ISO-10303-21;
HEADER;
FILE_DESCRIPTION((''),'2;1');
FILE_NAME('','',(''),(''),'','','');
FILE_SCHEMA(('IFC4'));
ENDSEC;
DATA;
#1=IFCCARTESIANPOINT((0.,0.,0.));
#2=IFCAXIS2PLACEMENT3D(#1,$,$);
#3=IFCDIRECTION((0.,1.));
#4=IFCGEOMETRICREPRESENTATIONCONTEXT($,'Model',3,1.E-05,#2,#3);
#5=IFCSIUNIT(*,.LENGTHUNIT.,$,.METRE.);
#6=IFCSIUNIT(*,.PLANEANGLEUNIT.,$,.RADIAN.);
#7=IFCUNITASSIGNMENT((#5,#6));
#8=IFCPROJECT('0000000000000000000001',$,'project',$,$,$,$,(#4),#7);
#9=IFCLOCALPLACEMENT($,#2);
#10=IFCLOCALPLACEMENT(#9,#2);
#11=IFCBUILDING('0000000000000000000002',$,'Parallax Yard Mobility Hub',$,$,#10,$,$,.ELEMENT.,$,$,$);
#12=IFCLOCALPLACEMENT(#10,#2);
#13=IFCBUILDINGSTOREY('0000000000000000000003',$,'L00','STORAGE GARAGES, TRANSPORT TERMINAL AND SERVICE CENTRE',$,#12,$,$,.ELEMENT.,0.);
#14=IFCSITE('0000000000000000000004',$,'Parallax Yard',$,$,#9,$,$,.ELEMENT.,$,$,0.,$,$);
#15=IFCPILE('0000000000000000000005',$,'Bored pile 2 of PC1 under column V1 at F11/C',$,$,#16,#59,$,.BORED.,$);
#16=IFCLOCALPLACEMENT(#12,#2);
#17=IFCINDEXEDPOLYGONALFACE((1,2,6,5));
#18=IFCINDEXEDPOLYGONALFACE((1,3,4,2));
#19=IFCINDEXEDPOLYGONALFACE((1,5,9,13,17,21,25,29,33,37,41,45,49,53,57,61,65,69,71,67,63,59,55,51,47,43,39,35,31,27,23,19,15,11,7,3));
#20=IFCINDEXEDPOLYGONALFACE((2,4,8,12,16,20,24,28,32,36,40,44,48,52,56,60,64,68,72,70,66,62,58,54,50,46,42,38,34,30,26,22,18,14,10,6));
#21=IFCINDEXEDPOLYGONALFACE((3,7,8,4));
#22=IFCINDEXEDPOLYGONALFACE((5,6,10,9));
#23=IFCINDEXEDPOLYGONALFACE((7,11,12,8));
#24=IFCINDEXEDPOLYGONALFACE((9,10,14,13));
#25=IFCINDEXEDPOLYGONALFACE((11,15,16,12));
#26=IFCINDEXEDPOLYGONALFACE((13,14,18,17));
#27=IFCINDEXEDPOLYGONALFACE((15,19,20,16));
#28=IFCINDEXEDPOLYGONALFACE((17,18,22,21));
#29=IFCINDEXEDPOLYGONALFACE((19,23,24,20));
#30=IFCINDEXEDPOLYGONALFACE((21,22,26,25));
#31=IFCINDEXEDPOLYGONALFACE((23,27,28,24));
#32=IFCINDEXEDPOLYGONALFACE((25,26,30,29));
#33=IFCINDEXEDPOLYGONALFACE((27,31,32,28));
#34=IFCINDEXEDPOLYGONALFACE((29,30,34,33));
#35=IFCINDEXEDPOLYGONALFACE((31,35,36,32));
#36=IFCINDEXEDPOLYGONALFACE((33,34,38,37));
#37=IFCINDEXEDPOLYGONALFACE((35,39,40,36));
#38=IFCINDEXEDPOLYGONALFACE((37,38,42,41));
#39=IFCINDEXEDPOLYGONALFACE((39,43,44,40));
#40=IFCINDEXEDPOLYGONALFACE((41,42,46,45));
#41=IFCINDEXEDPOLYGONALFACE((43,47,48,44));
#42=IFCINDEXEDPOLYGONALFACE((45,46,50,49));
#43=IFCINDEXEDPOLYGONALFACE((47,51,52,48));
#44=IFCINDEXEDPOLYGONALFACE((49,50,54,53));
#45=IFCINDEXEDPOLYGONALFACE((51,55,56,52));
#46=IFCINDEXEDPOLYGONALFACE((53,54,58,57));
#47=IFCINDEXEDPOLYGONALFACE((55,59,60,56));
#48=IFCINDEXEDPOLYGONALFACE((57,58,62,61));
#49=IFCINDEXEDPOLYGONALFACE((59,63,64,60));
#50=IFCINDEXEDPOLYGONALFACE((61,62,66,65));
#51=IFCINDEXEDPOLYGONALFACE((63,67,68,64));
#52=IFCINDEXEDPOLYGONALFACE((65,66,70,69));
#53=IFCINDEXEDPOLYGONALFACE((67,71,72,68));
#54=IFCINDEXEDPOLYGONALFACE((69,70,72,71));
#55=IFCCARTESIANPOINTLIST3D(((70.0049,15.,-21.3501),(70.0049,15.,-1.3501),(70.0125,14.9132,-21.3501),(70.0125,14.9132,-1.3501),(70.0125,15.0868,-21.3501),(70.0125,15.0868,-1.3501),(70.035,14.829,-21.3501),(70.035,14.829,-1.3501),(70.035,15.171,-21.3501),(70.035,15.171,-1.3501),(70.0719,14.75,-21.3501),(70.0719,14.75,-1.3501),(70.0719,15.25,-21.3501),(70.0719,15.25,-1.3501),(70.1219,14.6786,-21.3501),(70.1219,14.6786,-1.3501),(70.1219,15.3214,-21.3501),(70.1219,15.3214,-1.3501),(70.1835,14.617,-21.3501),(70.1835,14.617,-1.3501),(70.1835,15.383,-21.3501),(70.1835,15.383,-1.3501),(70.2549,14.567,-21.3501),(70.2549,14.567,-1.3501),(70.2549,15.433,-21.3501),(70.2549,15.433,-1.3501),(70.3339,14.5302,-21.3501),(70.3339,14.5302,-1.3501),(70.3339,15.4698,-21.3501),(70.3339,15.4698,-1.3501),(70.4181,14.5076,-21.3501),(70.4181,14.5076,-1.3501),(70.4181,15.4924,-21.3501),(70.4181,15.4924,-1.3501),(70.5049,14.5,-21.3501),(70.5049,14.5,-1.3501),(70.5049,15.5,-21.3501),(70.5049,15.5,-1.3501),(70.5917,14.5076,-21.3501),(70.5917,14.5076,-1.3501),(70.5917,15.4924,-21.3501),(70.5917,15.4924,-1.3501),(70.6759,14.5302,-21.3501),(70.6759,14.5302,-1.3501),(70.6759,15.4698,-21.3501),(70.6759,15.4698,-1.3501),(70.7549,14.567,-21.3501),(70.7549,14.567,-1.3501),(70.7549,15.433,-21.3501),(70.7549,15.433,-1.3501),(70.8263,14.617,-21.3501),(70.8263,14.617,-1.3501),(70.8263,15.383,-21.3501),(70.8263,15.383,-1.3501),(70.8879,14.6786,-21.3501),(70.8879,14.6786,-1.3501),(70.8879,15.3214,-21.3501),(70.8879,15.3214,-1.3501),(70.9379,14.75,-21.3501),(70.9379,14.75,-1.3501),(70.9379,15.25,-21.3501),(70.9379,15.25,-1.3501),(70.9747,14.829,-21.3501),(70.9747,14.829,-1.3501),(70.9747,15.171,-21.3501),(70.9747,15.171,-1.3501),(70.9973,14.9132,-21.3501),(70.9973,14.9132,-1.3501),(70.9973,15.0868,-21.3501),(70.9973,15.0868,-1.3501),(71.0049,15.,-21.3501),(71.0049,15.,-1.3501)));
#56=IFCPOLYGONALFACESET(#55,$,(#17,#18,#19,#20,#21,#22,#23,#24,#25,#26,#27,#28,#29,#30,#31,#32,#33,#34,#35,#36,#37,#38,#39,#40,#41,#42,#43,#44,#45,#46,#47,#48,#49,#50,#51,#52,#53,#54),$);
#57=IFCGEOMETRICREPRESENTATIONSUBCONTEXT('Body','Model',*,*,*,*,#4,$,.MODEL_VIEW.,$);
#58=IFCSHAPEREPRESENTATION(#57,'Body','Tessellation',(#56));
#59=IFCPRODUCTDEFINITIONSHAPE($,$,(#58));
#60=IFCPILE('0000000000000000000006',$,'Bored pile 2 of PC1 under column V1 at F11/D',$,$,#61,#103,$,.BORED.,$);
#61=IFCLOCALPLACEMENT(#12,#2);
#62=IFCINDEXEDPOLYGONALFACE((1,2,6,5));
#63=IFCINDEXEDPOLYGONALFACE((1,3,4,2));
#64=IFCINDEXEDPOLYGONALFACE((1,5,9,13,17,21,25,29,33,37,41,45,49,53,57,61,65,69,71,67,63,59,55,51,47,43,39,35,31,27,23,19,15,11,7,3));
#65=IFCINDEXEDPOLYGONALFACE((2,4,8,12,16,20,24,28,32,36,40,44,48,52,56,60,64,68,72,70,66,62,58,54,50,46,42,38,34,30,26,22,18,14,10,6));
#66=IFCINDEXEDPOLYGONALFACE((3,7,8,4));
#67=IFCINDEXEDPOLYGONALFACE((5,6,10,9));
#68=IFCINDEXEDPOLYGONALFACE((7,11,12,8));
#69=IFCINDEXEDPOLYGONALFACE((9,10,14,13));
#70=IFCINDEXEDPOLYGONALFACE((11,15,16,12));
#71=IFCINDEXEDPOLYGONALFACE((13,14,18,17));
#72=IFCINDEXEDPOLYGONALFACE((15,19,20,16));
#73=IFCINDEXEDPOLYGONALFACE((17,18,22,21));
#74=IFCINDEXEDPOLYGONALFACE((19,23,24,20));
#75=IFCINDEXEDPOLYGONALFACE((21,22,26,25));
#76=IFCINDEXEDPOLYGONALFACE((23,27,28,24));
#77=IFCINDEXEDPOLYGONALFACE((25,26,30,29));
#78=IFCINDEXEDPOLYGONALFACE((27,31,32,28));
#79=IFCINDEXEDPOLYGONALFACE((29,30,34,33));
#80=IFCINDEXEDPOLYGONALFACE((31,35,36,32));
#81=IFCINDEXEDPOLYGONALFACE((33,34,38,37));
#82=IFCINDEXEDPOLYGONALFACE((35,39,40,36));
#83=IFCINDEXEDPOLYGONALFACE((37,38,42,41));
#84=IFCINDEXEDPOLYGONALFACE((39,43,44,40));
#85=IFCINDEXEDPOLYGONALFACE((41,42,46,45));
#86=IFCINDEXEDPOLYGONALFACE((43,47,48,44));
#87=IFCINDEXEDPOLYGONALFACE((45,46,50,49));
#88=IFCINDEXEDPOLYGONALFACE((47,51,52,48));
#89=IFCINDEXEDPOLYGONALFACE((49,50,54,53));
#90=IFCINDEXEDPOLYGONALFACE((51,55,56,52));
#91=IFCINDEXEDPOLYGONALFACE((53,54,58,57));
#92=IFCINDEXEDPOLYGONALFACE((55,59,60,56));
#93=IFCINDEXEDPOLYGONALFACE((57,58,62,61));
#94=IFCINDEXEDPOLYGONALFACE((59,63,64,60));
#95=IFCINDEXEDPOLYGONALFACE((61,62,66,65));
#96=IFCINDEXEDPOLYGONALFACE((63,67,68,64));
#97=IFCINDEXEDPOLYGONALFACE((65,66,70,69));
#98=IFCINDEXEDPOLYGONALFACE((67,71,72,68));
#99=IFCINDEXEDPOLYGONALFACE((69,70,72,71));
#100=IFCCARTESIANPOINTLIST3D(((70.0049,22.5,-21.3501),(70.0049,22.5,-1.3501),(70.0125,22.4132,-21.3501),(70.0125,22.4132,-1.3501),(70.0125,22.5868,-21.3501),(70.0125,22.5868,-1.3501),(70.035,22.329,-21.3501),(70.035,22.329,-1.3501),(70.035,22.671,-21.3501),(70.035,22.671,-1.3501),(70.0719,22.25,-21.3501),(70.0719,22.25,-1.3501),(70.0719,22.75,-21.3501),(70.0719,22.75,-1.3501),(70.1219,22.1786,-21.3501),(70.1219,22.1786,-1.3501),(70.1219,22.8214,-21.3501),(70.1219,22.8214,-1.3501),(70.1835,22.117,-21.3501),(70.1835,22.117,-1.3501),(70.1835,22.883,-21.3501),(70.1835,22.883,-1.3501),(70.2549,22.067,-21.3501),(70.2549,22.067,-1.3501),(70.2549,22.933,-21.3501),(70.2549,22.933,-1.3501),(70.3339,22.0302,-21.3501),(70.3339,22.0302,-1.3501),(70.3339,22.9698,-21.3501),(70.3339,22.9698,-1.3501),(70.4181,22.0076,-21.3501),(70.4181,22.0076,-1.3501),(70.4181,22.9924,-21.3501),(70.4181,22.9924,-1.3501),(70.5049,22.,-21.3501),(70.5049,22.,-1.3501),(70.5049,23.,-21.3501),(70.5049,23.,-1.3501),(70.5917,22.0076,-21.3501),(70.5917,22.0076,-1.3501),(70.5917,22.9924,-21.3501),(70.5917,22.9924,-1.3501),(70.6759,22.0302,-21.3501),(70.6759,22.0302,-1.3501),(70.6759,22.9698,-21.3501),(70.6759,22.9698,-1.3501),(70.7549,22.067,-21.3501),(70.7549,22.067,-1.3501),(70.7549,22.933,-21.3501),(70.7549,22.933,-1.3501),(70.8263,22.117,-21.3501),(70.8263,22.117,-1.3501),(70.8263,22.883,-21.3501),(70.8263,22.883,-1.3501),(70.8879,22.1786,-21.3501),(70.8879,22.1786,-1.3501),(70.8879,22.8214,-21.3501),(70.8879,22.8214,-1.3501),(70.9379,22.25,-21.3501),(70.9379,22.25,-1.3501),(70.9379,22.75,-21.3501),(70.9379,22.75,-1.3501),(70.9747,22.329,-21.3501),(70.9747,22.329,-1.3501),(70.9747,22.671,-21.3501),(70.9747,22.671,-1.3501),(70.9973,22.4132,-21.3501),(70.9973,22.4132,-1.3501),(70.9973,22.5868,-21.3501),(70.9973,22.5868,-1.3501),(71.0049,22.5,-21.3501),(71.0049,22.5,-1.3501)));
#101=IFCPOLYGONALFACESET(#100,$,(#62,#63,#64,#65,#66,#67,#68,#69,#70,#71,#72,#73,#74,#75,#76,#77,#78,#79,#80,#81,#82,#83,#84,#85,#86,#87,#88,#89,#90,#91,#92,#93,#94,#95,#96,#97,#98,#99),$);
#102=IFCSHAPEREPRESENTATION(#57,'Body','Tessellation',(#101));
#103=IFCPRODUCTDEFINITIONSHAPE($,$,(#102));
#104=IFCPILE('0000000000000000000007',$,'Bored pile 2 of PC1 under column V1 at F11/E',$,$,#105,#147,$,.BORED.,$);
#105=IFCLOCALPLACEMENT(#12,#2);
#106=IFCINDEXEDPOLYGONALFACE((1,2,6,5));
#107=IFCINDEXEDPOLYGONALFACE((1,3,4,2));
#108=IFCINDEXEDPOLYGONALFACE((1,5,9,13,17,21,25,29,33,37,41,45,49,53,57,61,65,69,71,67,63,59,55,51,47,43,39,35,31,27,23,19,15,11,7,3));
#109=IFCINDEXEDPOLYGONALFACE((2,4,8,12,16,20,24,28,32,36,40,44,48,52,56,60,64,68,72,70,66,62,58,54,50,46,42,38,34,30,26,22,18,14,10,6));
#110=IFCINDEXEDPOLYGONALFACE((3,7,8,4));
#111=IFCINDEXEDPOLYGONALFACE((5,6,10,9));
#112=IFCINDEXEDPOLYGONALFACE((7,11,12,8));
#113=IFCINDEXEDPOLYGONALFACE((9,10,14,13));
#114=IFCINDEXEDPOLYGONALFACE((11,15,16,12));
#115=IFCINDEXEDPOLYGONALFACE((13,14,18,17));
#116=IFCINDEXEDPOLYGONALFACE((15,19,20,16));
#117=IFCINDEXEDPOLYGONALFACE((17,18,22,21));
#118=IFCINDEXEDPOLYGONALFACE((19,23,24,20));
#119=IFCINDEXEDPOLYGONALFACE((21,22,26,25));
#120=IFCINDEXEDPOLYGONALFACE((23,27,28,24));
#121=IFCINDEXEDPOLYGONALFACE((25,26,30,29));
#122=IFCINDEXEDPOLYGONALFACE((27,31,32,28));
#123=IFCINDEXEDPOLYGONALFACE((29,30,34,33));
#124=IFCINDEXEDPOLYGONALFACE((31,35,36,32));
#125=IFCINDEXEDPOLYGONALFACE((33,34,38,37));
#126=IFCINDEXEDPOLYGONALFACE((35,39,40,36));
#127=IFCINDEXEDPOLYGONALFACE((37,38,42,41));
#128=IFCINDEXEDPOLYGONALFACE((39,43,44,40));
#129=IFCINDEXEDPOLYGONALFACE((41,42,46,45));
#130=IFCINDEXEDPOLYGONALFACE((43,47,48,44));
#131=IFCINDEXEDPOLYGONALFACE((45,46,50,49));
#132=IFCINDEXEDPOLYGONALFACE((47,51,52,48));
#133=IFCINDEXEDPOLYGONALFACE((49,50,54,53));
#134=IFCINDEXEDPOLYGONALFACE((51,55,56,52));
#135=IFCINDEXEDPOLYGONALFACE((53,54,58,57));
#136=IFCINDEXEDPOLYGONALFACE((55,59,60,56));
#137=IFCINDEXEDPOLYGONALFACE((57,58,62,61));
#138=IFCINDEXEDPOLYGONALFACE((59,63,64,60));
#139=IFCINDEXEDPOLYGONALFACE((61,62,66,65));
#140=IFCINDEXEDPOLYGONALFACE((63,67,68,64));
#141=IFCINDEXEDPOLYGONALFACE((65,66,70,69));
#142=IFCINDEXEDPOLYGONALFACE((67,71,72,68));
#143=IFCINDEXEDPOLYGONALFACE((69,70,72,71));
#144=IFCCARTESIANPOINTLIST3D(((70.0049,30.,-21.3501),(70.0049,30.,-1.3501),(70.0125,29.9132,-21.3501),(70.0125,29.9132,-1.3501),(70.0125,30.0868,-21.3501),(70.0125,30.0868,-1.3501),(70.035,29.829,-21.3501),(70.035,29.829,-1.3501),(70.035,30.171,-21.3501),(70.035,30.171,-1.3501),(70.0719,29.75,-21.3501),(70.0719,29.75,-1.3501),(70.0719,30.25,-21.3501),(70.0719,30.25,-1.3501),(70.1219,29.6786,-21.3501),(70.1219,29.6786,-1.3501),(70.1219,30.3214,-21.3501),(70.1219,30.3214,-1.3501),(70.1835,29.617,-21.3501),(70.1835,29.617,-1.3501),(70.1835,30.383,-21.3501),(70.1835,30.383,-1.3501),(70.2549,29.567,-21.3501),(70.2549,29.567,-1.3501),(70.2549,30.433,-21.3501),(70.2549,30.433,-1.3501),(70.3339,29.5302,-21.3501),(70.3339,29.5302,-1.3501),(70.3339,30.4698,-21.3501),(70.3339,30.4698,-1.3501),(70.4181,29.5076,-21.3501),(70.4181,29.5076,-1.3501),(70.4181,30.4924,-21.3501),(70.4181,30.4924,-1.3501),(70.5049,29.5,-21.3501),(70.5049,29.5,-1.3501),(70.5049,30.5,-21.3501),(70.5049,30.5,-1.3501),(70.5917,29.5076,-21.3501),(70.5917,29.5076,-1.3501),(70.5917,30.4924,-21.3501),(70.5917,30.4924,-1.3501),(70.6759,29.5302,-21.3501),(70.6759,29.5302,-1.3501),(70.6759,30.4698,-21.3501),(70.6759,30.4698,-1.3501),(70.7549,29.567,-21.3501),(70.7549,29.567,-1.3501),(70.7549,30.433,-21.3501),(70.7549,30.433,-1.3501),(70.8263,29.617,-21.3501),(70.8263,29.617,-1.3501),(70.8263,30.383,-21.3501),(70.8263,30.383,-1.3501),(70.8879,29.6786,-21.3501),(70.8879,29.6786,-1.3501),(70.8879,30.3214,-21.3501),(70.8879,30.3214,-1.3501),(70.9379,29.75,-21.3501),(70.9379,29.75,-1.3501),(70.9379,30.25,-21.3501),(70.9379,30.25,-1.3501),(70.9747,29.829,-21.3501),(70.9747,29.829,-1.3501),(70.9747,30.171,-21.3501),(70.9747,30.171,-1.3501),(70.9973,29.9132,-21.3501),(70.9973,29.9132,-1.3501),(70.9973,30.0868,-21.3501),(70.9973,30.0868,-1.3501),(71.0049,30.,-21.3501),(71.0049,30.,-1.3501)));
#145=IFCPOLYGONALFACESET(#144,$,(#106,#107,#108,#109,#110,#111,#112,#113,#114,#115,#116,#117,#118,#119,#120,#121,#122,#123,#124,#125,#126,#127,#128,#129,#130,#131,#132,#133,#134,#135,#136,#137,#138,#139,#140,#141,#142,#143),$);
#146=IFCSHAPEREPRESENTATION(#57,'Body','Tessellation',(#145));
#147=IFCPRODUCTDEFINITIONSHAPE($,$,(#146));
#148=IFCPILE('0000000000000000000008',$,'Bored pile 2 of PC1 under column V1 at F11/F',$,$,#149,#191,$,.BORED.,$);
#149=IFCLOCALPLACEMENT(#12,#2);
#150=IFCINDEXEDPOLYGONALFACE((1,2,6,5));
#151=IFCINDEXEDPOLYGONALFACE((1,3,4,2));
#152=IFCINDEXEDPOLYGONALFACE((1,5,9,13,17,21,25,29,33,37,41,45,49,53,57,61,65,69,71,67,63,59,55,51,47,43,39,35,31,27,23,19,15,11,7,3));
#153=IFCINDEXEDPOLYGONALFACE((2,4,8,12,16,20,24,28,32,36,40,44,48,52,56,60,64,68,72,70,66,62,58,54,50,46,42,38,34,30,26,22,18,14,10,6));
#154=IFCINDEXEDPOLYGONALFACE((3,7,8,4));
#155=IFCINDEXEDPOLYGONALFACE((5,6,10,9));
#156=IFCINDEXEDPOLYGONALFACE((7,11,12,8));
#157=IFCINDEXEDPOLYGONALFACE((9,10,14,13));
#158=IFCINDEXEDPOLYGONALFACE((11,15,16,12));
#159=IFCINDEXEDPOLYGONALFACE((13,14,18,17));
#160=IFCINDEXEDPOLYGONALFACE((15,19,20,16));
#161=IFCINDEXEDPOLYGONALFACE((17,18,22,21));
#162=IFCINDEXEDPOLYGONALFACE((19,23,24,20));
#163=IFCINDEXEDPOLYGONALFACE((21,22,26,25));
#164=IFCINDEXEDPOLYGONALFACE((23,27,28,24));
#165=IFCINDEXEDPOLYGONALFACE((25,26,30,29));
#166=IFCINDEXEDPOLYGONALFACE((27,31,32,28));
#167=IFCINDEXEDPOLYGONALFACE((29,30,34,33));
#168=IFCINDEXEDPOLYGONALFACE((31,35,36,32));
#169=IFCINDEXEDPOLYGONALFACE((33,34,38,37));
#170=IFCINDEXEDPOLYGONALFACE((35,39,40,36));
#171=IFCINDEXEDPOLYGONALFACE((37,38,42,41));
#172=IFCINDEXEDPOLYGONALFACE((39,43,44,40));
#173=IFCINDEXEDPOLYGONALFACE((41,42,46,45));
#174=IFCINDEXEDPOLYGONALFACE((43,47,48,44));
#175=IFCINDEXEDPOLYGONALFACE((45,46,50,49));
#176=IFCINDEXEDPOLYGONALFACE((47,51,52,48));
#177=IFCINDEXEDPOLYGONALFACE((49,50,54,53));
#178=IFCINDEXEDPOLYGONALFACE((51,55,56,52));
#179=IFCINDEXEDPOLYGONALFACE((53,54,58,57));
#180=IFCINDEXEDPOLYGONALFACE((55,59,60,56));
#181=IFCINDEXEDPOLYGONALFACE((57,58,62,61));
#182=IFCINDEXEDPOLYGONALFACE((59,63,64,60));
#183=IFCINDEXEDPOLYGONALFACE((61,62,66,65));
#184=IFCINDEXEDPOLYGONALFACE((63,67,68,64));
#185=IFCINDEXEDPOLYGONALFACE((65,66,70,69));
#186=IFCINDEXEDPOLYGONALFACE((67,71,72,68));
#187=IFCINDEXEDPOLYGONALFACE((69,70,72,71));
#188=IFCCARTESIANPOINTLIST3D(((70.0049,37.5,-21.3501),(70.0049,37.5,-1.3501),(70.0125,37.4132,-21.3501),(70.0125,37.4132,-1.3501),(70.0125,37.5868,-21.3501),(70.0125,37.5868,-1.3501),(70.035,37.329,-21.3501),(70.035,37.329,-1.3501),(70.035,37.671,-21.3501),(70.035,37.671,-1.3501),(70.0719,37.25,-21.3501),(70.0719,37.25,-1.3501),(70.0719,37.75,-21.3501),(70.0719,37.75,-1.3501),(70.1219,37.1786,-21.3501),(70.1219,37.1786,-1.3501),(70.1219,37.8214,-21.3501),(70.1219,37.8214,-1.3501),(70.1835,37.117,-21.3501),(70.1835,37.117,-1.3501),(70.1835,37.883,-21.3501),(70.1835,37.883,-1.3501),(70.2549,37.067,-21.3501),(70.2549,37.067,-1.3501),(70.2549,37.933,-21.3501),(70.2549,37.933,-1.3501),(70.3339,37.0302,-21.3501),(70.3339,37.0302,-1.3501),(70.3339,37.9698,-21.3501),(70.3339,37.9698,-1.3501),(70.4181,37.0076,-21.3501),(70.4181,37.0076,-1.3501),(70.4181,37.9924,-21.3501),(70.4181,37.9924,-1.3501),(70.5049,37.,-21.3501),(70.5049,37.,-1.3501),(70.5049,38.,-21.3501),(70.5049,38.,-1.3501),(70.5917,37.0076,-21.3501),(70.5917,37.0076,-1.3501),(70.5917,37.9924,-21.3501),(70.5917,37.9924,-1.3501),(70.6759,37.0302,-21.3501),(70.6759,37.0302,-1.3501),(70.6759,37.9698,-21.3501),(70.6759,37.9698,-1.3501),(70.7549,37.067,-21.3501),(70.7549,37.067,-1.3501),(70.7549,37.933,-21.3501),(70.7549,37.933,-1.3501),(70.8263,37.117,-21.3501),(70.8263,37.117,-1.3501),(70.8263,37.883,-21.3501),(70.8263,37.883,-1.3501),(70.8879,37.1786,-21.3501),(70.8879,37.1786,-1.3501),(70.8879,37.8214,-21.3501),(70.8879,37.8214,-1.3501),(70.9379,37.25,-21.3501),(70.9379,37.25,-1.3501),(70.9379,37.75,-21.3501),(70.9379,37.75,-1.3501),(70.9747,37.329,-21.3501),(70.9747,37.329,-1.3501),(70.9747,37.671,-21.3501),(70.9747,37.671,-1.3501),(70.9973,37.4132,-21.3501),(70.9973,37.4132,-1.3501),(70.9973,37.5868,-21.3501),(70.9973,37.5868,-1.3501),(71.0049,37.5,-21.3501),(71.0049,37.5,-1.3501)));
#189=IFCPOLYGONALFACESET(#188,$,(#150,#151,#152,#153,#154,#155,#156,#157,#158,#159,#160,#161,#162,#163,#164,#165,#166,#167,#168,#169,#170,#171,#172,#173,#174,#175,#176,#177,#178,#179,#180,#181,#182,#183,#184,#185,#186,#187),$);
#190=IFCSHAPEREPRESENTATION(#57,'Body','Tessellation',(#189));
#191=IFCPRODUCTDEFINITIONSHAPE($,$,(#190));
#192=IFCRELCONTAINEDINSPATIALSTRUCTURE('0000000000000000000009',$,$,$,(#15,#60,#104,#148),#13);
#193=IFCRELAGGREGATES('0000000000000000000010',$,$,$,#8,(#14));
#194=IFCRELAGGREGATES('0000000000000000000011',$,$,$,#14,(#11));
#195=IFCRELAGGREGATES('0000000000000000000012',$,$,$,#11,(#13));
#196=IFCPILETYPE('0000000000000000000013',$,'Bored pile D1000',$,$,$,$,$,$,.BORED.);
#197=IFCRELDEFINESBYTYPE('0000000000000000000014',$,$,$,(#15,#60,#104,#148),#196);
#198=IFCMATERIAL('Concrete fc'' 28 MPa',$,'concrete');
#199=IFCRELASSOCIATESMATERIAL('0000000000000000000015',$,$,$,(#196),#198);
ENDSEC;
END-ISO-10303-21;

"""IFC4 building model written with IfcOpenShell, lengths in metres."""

from ifc_helpers import new_model, si_unit, direction, frame, origin, origin_2d, place, context, subcontext, project, spatial, circle, extrude, material, material_profile, profile_set, type_object, element, save


model = new_model("IFC4")

# Units and contexts
model_context = context("Model", 3, precision=1e-05, world=origin(), true_north=direction((0.0, 1.0)))
body_context = subcontext(model_context, "Body", "Model", "MODEL_VIEW")
ifc_project = project(units=[si_unit("LENGTHUNIT", "METRE"), si_unit("PLANEANGLEUNIT", "RADIAN")], contexts=[model_context])

# Site, building, storey
site_placement = place(None, origin())
site = spatial("IfcSite", under=ifc_project, at=site_placement, Name="Parallax Yard", CompositionType="ELEMENT", RefElevation=0.0)
building_placement = place(site_placement, origin())
building = spatial("IfcBuilding", under=site, at=building_placement, Name="Parallax Yard Mobility Hub", CompositionType="ELEMENT")
storey_placement = place(building_placement, origin())
storey = spatial("IfcBuildingStorey", under=building, at=storey_placement, Name="L00", Description="STORAGE GARAGES, TRANSPORT TERMINAL AND SERVICE CENTRE", CompositionType="ELEMENT", Elevation=0.0)

# Piles
ifc_material_1 = material(Name="Concrete fc' 28 MPa", Category="concrete")
ifc_material_profile_1 = material_profile(ifc_material_1, circle(Radius=0.5, at=origin_2d()), Name="Bored pile D1000")
ifc_profile_set_1 = profile_set([ifc_material_profile_1], Name="Concrete fc' 28 MPa")
pile_type = type_object("IfcPileType", Name="Bored pile D1000", PredefinedType="BORED", material=ifc_profile_set_1)
for number, where, z_axis, x_axis, name in (
    (1, (70.5049, 15.0, -1.3501), (0.0, 0.0, -1.0), (1.0, 0.0, 0.0), "Bored pile 2 of PC1 under column V1 at F11/C"),
    (2, (70.5049, 22.5, -1.3501), (0.0, 0.0, -1.0), (1.0, 0.0, 0.0), "Bored pile 2 of PC1 under column V1 at F11/D"),
    (3, (70.5049, 30.0, -1.3501), (0.0, 0.0, -1.0), (1.0, 0.0, 0.0), "Bored pile 2 of PC1 under column V1 at F11/E"),
    (4, (70.5049, 37.5, -1.3501), (0.0, 0.0, -1.0), (1.0, 0.0, 0.0), "Bored pile 2 of PC1 under column V1 at F11/F"),
):
    element("IfcPile", number, at=place(storey_placement, frame(where, z_axis=z_axis, x_axis=x_axis)), inside=storey, type_object=pile_type, Name=name, PredefinedType="BORED", context=body_context, shape_type="SweptSolid", body=[
        extrude(circle(Radius=0.5, at=origin_2d()), origin(), (0.0, 0.0, 1.0), 20.0),
    ])

save(model, "model.ifc")
